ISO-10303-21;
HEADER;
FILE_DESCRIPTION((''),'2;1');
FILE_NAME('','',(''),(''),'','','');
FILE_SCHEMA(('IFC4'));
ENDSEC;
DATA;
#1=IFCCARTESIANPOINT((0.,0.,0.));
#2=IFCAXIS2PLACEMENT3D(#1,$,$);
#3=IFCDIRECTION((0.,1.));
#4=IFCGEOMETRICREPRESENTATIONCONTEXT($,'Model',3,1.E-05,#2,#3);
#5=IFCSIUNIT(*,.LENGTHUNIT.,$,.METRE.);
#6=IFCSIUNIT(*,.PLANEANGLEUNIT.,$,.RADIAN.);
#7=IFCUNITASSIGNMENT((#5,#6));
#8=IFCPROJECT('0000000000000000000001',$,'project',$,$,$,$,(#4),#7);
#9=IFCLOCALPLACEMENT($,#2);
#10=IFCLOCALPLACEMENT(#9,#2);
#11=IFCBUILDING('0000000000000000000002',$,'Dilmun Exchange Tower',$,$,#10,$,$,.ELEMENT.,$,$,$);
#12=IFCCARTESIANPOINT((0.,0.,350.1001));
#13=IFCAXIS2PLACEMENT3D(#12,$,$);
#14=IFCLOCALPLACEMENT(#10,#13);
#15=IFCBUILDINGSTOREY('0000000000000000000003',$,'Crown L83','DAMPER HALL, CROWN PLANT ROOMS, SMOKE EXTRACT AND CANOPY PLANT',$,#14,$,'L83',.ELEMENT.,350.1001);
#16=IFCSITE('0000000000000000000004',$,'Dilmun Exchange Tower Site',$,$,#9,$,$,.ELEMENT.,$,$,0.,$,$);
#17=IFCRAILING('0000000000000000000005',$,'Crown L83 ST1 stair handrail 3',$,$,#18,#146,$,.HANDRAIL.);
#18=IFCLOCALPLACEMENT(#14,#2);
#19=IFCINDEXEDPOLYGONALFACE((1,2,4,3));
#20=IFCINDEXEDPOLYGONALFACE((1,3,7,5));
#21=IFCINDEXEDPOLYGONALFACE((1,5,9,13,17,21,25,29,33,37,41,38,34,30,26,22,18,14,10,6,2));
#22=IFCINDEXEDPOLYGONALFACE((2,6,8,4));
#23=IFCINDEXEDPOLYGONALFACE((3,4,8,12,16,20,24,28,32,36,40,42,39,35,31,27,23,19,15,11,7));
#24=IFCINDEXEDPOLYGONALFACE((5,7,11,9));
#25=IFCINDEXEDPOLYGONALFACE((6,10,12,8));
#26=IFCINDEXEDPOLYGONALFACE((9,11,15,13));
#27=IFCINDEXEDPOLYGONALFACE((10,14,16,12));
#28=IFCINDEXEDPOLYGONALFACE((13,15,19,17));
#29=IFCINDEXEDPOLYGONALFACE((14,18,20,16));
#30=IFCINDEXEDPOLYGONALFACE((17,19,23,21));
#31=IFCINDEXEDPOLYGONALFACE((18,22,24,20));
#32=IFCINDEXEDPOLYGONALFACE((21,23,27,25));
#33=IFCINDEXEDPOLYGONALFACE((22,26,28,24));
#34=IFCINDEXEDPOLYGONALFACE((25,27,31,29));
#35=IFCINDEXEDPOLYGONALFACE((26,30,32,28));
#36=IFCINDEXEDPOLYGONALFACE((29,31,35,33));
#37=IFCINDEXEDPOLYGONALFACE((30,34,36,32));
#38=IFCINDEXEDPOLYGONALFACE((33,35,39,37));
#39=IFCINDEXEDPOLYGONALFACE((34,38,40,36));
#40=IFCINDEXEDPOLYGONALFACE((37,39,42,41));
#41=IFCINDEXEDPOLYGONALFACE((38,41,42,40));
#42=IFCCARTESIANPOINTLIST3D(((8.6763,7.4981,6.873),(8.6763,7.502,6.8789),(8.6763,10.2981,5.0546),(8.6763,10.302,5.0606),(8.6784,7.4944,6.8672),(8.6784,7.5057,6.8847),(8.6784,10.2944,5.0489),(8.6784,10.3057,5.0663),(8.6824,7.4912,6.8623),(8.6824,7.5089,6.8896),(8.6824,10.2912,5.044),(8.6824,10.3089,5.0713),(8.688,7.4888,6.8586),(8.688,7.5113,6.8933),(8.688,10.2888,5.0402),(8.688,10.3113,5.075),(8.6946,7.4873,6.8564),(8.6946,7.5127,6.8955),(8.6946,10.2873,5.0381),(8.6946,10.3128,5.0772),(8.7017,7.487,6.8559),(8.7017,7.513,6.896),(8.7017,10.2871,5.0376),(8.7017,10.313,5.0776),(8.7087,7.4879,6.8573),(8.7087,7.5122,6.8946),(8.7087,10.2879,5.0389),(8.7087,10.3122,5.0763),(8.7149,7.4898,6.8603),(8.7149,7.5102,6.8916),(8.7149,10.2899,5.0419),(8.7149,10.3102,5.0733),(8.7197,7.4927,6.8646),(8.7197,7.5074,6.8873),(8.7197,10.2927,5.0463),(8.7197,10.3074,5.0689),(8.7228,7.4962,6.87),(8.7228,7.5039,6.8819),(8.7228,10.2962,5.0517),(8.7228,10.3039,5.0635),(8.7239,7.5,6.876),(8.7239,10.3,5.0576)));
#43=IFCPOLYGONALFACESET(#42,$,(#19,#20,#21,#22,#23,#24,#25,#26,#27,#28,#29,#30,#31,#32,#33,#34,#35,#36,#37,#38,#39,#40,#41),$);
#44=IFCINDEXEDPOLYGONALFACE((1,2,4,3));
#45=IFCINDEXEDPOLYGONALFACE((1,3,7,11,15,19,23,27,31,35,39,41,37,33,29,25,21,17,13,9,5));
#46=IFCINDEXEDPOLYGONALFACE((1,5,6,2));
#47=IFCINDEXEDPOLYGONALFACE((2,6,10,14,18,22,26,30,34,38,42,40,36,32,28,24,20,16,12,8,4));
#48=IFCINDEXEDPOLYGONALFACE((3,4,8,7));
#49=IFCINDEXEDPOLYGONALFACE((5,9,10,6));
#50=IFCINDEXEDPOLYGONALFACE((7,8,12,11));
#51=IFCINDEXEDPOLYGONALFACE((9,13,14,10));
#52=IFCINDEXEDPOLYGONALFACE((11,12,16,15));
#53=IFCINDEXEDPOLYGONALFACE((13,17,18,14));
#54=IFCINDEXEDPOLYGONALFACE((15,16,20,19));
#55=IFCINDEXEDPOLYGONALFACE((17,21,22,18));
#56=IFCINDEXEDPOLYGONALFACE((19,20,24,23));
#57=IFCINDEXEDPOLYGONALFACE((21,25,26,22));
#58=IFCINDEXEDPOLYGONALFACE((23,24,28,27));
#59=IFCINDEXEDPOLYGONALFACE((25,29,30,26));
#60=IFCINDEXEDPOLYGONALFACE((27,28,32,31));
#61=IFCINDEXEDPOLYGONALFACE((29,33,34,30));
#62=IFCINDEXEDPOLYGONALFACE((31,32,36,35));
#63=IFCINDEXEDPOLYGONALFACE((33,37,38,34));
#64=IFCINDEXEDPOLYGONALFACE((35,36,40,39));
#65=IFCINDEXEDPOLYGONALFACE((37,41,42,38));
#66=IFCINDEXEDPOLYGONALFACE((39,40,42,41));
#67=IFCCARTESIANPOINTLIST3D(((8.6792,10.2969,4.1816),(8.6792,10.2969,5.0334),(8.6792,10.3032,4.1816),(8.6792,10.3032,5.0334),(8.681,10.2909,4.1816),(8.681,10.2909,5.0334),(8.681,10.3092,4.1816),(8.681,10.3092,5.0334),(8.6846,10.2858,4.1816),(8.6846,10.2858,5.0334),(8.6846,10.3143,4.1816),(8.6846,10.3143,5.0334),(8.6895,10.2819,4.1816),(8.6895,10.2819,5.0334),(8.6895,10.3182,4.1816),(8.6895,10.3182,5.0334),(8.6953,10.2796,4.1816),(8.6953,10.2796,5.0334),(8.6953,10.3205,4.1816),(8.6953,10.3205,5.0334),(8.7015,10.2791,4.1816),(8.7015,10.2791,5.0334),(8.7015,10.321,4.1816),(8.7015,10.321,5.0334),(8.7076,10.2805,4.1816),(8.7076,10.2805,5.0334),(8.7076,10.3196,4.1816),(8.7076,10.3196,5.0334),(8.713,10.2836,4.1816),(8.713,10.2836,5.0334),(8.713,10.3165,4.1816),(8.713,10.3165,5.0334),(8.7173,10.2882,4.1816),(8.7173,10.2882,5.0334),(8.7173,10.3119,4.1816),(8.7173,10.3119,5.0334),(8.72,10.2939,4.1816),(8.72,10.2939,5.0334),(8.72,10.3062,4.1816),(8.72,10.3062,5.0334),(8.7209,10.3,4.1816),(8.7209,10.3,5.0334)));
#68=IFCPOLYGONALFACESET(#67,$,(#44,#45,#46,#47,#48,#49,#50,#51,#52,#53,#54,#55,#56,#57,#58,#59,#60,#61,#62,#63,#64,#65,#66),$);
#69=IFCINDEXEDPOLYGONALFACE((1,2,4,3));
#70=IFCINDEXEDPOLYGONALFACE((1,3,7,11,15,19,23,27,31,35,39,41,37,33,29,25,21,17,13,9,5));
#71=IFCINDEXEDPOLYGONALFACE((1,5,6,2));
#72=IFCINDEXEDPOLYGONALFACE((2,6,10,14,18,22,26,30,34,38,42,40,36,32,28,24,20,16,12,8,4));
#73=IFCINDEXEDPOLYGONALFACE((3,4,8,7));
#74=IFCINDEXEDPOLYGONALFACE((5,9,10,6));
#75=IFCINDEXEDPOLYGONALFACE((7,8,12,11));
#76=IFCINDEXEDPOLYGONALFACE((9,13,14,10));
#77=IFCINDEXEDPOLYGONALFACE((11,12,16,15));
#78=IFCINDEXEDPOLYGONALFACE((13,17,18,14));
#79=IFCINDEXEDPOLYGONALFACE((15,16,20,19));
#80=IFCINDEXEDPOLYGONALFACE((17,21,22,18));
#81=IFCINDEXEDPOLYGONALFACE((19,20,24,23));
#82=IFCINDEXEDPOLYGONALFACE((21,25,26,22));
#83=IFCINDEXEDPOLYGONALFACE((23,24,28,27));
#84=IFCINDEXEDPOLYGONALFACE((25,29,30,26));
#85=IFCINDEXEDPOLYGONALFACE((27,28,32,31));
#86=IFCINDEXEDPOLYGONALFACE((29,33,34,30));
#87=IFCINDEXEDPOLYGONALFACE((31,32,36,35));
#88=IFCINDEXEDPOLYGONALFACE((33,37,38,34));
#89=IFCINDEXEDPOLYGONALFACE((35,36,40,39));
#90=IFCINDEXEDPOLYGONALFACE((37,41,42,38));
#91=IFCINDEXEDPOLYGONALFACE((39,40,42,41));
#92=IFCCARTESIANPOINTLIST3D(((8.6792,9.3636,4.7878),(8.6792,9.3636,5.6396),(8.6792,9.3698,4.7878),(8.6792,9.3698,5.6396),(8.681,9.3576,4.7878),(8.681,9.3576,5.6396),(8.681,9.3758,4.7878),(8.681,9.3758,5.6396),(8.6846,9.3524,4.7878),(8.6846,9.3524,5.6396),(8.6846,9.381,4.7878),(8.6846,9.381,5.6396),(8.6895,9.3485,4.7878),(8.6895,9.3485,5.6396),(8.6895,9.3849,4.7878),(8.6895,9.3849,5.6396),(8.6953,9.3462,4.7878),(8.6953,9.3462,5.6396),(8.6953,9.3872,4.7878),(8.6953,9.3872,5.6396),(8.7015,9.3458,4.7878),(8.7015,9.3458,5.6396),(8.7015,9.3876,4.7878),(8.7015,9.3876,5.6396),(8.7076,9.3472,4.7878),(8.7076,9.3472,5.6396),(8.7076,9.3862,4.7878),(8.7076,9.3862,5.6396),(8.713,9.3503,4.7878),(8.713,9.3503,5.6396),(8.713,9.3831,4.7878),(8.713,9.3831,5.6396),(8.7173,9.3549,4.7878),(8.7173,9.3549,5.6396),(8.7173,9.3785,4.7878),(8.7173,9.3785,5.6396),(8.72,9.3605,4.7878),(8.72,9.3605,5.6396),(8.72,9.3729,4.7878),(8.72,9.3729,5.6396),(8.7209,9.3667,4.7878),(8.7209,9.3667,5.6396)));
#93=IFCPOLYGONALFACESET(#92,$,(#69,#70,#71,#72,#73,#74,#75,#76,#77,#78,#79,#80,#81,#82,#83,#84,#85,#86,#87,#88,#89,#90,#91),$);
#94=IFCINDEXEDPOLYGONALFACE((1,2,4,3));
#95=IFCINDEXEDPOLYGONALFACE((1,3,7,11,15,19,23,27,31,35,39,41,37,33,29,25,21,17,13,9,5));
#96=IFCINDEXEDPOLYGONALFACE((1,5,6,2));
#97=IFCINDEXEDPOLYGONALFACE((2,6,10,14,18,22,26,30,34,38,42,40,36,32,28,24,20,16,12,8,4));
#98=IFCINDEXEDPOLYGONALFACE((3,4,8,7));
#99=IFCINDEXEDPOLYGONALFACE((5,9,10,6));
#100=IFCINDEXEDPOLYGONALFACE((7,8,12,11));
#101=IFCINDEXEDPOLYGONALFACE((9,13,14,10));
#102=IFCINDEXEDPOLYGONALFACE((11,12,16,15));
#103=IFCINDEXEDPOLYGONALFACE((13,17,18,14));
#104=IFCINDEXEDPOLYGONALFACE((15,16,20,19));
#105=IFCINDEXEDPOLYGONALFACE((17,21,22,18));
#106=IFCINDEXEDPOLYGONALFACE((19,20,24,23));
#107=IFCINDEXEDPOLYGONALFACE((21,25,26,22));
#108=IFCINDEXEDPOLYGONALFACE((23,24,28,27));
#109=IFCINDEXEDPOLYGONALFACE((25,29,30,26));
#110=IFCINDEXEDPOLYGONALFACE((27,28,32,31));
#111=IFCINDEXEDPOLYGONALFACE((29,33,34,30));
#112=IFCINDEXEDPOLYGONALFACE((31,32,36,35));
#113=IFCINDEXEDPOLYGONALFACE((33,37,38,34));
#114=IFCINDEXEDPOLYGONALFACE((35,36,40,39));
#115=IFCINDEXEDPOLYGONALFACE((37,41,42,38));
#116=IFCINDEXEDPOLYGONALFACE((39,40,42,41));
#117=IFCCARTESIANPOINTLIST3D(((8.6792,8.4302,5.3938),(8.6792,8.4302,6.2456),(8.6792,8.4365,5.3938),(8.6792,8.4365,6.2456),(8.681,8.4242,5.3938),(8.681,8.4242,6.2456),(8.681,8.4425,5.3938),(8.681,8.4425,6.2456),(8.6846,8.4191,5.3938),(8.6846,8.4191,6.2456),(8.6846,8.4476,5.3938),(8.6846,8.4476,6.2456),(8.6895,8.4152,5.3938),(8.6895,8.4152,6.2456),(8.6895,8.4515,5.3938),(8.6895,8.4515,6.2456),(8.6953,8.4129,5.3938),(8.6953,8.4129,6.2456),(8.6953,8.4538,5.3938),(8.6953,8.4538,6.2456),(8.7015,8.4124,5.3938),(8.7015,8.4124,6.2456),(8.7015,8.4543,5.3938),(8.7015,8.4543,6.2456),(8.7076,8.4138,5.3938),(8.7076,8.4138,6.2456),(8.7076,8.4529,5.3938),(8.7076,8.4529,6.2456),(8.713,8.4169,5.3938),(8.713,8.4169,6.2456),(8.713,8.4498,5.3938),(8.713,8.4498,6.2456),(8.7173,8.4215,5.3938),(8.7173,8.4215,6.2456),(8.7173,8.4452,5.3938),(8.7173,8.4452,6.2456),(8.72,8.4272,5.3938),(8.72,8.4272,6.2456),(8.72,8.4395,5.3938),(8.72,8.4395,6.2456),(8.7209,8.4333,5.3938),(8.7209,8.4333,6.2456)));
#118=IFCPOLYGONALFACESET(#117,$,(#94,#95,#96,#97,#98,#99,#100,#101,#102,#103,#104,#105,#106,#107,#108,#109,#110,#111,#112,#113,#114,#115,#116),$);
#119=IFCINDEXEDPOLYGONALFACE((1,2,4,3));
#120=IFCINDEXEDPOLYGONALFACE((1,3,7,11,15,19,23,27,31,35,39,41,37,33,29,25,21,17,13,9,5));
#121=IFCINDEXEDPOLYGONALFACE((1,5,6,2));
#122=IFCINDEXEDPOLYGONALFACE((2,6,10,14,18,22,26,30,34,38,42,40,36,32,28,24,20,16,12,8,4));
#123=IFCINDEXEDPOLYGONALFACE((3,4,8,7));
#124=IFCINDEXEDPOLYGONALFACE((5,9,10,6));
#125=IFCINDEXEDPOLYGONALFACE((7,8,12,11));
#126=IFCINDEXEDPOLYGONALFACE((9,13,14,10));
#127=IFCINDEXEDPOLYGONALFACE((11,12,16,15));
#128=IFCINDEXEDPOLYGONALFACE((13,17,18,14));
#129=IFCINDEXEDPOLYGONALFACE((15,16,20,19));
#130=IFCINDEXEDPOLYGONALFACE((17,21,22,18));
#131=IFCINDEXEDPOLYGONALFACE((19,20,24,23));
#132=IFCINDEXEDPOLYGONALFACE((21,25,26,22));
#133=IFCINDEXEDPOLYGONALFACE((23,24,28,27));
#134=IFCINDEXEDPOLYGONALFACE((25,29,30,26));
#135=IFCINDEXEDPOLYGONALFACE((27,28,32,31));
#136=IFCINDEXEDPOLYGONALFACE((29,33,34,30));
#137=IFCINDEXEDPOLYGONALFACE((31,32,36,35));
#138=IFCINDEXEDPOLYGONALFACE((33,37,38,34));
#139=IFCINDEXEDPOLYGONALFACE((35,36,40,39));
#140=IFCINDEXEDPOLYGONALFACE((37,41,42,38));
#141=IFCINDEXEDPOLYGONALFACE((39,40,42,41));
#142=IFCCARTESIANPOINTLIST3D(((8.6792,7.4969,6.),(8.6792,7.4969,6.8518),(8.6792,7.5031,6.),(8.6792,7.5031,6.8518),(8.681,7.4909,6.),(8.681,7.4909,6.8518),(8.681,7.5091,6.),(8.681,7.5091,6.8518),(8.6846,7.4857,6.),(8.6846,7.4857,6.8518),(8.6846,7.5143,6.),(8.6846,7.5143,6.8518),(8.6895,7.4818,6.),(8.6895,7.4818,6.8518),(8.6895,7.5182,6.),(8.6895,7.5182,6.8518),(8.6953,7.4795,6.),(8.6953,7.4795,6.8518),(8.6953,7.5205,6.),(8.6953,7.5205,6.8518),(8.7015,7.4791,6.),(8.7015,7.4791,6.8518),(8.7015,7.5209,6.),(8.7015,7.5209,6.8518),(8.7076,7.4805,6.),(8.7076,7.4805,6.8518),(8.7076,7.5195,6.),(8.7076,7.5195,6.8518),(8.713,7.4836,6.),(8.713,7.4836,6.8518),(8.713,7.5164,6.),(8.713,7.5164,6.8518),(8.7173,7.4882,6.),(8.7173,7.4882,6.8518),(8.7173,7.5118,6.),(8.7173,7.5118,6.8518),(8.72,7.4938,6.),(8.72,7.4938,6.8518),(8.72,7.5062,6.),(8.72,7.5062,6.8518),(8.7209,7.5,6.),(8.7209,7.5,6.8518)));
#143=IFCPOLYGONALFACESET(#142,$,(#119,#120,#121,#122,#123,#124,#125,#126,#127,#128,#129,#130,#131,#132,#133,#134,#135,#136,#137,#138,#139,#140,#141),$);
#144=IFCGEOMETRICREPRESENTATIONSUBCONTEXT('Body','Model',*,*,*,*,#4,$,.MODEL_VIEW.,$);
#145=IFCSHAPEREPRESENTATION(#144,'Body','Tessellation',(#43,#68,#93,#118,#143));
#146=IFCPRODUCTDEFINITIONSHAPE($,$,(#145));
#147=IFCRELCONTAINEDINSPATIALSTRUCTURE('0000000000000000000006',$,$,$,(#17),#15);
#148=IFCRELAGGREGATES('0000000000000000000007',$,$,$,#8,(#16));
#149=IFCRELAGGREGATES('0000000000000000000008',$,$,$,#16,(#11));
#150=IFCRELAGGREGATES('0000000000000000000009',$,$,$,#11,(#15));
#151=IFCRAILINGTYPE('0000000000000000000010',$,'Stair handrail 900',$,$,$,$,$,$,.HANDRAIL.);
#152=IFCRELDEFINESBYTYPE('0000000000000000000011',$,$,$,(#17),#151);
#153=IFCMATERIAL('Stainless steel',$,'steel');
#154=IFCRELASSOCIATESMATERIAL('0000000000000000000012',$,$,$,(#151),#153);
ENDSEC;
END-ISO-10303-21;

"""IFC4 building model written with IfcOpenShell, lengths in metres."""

from ifc_helpers import new_model, si_unit, direction, frame, origin, origin_2d, place, context, subcontext, project, spatial, circle, extrude, material, type_object, element, save


model = new_model("IFC4")

# Units and contexts
model_context = context("Model", 3, precision=1e-05, world=origin(), true_north=direction((0.0, 1.0)))
body_context = subcontext(model_context, "Body", "Model", "MODEL_VIEW")
ifc_project = project(units=[si_unit("LENGTHUNIT", "METRE"), si_unit("PLANEANGLEUNIT", "RADIAN")], contexts=[model_context])

# Site, building, storey
site_placement = place(None, origin())
site = spatial("IfcSite", under=ifc_project, at=site_placement, Name="Dilmun Exchange Tower Site", CompositionType="ELEMENT", RefElevation=0.0)
building_placement = place(site_placement, origin())
building = spatial("IfcBuilding", under=site, at=building_placement, Name="Dilmun Exchange Tower", CompositionType="ELEMENT")
storey_placement = place(building_placement, frame((0.0, 0.0, 350.1001)))
storey = spatial("IfcBuildingStorey", under=building, at=storey_placement, Name="Crown L83", Description="DAMPER HALL, CROWN PLANT ROOMS, SMOKE EXTRACT AND CANOPY PLANT", LongName="L83", CompositionType="ELEMENT", Elevation=350.1001)

# Railing
ifc_material_1 = material(Name="Stainless steel", Category="steel")
railing_type = type_object("IfcRailingType", Name="Stair handrail 900", PredefinedType="HANDRAIL", material=ifc_material_1)
railing_1_placement = place(storey_placement, frame((8.7, 10.3, 4.1816)))
element("IfcRailing", 1, at=railing_1_placement, inside=storey, type_object=railing_type, Name="Crown L83 ST1 stair handrail 3", PredefinedType="HANDRAIL", context=body_context, shape_type="SweptSolid", body=[
    extrude(circle(Radius=0.0239, at=origin_2d()), frame((0.0, 0.0, 0.876), z_axis=(0.0, -0.838672, 0.544636), x_axis=(1.0, 0.0, 0.0)), (0.0, 0.0, 1.0), 3.3386),
    extrude(circle(Radius=0.021, at=origin_2d()), origin(), (0.0, 0.0, 1.0), 0.8518),
    extrude(circle(Radius=0.021, at=origin_2d()), frame((0.0, -0.9333, 0.6062)), (0.0, 0.0, 1.0), 0.8518),
    extrude(circle(Radius=0.021, at=origin_2d()), frame((0.0, -1.8667, 1.2122)), (0.0, 0.0, 1.0), 0.8518),
    extrude(circle(Radius=0.021, at=origin_2d()), frame((0.0, -2.8, 1.8184)), (0.0, 0.0, 1.0), 0.8518),
])

save(model, "model.ifc")
